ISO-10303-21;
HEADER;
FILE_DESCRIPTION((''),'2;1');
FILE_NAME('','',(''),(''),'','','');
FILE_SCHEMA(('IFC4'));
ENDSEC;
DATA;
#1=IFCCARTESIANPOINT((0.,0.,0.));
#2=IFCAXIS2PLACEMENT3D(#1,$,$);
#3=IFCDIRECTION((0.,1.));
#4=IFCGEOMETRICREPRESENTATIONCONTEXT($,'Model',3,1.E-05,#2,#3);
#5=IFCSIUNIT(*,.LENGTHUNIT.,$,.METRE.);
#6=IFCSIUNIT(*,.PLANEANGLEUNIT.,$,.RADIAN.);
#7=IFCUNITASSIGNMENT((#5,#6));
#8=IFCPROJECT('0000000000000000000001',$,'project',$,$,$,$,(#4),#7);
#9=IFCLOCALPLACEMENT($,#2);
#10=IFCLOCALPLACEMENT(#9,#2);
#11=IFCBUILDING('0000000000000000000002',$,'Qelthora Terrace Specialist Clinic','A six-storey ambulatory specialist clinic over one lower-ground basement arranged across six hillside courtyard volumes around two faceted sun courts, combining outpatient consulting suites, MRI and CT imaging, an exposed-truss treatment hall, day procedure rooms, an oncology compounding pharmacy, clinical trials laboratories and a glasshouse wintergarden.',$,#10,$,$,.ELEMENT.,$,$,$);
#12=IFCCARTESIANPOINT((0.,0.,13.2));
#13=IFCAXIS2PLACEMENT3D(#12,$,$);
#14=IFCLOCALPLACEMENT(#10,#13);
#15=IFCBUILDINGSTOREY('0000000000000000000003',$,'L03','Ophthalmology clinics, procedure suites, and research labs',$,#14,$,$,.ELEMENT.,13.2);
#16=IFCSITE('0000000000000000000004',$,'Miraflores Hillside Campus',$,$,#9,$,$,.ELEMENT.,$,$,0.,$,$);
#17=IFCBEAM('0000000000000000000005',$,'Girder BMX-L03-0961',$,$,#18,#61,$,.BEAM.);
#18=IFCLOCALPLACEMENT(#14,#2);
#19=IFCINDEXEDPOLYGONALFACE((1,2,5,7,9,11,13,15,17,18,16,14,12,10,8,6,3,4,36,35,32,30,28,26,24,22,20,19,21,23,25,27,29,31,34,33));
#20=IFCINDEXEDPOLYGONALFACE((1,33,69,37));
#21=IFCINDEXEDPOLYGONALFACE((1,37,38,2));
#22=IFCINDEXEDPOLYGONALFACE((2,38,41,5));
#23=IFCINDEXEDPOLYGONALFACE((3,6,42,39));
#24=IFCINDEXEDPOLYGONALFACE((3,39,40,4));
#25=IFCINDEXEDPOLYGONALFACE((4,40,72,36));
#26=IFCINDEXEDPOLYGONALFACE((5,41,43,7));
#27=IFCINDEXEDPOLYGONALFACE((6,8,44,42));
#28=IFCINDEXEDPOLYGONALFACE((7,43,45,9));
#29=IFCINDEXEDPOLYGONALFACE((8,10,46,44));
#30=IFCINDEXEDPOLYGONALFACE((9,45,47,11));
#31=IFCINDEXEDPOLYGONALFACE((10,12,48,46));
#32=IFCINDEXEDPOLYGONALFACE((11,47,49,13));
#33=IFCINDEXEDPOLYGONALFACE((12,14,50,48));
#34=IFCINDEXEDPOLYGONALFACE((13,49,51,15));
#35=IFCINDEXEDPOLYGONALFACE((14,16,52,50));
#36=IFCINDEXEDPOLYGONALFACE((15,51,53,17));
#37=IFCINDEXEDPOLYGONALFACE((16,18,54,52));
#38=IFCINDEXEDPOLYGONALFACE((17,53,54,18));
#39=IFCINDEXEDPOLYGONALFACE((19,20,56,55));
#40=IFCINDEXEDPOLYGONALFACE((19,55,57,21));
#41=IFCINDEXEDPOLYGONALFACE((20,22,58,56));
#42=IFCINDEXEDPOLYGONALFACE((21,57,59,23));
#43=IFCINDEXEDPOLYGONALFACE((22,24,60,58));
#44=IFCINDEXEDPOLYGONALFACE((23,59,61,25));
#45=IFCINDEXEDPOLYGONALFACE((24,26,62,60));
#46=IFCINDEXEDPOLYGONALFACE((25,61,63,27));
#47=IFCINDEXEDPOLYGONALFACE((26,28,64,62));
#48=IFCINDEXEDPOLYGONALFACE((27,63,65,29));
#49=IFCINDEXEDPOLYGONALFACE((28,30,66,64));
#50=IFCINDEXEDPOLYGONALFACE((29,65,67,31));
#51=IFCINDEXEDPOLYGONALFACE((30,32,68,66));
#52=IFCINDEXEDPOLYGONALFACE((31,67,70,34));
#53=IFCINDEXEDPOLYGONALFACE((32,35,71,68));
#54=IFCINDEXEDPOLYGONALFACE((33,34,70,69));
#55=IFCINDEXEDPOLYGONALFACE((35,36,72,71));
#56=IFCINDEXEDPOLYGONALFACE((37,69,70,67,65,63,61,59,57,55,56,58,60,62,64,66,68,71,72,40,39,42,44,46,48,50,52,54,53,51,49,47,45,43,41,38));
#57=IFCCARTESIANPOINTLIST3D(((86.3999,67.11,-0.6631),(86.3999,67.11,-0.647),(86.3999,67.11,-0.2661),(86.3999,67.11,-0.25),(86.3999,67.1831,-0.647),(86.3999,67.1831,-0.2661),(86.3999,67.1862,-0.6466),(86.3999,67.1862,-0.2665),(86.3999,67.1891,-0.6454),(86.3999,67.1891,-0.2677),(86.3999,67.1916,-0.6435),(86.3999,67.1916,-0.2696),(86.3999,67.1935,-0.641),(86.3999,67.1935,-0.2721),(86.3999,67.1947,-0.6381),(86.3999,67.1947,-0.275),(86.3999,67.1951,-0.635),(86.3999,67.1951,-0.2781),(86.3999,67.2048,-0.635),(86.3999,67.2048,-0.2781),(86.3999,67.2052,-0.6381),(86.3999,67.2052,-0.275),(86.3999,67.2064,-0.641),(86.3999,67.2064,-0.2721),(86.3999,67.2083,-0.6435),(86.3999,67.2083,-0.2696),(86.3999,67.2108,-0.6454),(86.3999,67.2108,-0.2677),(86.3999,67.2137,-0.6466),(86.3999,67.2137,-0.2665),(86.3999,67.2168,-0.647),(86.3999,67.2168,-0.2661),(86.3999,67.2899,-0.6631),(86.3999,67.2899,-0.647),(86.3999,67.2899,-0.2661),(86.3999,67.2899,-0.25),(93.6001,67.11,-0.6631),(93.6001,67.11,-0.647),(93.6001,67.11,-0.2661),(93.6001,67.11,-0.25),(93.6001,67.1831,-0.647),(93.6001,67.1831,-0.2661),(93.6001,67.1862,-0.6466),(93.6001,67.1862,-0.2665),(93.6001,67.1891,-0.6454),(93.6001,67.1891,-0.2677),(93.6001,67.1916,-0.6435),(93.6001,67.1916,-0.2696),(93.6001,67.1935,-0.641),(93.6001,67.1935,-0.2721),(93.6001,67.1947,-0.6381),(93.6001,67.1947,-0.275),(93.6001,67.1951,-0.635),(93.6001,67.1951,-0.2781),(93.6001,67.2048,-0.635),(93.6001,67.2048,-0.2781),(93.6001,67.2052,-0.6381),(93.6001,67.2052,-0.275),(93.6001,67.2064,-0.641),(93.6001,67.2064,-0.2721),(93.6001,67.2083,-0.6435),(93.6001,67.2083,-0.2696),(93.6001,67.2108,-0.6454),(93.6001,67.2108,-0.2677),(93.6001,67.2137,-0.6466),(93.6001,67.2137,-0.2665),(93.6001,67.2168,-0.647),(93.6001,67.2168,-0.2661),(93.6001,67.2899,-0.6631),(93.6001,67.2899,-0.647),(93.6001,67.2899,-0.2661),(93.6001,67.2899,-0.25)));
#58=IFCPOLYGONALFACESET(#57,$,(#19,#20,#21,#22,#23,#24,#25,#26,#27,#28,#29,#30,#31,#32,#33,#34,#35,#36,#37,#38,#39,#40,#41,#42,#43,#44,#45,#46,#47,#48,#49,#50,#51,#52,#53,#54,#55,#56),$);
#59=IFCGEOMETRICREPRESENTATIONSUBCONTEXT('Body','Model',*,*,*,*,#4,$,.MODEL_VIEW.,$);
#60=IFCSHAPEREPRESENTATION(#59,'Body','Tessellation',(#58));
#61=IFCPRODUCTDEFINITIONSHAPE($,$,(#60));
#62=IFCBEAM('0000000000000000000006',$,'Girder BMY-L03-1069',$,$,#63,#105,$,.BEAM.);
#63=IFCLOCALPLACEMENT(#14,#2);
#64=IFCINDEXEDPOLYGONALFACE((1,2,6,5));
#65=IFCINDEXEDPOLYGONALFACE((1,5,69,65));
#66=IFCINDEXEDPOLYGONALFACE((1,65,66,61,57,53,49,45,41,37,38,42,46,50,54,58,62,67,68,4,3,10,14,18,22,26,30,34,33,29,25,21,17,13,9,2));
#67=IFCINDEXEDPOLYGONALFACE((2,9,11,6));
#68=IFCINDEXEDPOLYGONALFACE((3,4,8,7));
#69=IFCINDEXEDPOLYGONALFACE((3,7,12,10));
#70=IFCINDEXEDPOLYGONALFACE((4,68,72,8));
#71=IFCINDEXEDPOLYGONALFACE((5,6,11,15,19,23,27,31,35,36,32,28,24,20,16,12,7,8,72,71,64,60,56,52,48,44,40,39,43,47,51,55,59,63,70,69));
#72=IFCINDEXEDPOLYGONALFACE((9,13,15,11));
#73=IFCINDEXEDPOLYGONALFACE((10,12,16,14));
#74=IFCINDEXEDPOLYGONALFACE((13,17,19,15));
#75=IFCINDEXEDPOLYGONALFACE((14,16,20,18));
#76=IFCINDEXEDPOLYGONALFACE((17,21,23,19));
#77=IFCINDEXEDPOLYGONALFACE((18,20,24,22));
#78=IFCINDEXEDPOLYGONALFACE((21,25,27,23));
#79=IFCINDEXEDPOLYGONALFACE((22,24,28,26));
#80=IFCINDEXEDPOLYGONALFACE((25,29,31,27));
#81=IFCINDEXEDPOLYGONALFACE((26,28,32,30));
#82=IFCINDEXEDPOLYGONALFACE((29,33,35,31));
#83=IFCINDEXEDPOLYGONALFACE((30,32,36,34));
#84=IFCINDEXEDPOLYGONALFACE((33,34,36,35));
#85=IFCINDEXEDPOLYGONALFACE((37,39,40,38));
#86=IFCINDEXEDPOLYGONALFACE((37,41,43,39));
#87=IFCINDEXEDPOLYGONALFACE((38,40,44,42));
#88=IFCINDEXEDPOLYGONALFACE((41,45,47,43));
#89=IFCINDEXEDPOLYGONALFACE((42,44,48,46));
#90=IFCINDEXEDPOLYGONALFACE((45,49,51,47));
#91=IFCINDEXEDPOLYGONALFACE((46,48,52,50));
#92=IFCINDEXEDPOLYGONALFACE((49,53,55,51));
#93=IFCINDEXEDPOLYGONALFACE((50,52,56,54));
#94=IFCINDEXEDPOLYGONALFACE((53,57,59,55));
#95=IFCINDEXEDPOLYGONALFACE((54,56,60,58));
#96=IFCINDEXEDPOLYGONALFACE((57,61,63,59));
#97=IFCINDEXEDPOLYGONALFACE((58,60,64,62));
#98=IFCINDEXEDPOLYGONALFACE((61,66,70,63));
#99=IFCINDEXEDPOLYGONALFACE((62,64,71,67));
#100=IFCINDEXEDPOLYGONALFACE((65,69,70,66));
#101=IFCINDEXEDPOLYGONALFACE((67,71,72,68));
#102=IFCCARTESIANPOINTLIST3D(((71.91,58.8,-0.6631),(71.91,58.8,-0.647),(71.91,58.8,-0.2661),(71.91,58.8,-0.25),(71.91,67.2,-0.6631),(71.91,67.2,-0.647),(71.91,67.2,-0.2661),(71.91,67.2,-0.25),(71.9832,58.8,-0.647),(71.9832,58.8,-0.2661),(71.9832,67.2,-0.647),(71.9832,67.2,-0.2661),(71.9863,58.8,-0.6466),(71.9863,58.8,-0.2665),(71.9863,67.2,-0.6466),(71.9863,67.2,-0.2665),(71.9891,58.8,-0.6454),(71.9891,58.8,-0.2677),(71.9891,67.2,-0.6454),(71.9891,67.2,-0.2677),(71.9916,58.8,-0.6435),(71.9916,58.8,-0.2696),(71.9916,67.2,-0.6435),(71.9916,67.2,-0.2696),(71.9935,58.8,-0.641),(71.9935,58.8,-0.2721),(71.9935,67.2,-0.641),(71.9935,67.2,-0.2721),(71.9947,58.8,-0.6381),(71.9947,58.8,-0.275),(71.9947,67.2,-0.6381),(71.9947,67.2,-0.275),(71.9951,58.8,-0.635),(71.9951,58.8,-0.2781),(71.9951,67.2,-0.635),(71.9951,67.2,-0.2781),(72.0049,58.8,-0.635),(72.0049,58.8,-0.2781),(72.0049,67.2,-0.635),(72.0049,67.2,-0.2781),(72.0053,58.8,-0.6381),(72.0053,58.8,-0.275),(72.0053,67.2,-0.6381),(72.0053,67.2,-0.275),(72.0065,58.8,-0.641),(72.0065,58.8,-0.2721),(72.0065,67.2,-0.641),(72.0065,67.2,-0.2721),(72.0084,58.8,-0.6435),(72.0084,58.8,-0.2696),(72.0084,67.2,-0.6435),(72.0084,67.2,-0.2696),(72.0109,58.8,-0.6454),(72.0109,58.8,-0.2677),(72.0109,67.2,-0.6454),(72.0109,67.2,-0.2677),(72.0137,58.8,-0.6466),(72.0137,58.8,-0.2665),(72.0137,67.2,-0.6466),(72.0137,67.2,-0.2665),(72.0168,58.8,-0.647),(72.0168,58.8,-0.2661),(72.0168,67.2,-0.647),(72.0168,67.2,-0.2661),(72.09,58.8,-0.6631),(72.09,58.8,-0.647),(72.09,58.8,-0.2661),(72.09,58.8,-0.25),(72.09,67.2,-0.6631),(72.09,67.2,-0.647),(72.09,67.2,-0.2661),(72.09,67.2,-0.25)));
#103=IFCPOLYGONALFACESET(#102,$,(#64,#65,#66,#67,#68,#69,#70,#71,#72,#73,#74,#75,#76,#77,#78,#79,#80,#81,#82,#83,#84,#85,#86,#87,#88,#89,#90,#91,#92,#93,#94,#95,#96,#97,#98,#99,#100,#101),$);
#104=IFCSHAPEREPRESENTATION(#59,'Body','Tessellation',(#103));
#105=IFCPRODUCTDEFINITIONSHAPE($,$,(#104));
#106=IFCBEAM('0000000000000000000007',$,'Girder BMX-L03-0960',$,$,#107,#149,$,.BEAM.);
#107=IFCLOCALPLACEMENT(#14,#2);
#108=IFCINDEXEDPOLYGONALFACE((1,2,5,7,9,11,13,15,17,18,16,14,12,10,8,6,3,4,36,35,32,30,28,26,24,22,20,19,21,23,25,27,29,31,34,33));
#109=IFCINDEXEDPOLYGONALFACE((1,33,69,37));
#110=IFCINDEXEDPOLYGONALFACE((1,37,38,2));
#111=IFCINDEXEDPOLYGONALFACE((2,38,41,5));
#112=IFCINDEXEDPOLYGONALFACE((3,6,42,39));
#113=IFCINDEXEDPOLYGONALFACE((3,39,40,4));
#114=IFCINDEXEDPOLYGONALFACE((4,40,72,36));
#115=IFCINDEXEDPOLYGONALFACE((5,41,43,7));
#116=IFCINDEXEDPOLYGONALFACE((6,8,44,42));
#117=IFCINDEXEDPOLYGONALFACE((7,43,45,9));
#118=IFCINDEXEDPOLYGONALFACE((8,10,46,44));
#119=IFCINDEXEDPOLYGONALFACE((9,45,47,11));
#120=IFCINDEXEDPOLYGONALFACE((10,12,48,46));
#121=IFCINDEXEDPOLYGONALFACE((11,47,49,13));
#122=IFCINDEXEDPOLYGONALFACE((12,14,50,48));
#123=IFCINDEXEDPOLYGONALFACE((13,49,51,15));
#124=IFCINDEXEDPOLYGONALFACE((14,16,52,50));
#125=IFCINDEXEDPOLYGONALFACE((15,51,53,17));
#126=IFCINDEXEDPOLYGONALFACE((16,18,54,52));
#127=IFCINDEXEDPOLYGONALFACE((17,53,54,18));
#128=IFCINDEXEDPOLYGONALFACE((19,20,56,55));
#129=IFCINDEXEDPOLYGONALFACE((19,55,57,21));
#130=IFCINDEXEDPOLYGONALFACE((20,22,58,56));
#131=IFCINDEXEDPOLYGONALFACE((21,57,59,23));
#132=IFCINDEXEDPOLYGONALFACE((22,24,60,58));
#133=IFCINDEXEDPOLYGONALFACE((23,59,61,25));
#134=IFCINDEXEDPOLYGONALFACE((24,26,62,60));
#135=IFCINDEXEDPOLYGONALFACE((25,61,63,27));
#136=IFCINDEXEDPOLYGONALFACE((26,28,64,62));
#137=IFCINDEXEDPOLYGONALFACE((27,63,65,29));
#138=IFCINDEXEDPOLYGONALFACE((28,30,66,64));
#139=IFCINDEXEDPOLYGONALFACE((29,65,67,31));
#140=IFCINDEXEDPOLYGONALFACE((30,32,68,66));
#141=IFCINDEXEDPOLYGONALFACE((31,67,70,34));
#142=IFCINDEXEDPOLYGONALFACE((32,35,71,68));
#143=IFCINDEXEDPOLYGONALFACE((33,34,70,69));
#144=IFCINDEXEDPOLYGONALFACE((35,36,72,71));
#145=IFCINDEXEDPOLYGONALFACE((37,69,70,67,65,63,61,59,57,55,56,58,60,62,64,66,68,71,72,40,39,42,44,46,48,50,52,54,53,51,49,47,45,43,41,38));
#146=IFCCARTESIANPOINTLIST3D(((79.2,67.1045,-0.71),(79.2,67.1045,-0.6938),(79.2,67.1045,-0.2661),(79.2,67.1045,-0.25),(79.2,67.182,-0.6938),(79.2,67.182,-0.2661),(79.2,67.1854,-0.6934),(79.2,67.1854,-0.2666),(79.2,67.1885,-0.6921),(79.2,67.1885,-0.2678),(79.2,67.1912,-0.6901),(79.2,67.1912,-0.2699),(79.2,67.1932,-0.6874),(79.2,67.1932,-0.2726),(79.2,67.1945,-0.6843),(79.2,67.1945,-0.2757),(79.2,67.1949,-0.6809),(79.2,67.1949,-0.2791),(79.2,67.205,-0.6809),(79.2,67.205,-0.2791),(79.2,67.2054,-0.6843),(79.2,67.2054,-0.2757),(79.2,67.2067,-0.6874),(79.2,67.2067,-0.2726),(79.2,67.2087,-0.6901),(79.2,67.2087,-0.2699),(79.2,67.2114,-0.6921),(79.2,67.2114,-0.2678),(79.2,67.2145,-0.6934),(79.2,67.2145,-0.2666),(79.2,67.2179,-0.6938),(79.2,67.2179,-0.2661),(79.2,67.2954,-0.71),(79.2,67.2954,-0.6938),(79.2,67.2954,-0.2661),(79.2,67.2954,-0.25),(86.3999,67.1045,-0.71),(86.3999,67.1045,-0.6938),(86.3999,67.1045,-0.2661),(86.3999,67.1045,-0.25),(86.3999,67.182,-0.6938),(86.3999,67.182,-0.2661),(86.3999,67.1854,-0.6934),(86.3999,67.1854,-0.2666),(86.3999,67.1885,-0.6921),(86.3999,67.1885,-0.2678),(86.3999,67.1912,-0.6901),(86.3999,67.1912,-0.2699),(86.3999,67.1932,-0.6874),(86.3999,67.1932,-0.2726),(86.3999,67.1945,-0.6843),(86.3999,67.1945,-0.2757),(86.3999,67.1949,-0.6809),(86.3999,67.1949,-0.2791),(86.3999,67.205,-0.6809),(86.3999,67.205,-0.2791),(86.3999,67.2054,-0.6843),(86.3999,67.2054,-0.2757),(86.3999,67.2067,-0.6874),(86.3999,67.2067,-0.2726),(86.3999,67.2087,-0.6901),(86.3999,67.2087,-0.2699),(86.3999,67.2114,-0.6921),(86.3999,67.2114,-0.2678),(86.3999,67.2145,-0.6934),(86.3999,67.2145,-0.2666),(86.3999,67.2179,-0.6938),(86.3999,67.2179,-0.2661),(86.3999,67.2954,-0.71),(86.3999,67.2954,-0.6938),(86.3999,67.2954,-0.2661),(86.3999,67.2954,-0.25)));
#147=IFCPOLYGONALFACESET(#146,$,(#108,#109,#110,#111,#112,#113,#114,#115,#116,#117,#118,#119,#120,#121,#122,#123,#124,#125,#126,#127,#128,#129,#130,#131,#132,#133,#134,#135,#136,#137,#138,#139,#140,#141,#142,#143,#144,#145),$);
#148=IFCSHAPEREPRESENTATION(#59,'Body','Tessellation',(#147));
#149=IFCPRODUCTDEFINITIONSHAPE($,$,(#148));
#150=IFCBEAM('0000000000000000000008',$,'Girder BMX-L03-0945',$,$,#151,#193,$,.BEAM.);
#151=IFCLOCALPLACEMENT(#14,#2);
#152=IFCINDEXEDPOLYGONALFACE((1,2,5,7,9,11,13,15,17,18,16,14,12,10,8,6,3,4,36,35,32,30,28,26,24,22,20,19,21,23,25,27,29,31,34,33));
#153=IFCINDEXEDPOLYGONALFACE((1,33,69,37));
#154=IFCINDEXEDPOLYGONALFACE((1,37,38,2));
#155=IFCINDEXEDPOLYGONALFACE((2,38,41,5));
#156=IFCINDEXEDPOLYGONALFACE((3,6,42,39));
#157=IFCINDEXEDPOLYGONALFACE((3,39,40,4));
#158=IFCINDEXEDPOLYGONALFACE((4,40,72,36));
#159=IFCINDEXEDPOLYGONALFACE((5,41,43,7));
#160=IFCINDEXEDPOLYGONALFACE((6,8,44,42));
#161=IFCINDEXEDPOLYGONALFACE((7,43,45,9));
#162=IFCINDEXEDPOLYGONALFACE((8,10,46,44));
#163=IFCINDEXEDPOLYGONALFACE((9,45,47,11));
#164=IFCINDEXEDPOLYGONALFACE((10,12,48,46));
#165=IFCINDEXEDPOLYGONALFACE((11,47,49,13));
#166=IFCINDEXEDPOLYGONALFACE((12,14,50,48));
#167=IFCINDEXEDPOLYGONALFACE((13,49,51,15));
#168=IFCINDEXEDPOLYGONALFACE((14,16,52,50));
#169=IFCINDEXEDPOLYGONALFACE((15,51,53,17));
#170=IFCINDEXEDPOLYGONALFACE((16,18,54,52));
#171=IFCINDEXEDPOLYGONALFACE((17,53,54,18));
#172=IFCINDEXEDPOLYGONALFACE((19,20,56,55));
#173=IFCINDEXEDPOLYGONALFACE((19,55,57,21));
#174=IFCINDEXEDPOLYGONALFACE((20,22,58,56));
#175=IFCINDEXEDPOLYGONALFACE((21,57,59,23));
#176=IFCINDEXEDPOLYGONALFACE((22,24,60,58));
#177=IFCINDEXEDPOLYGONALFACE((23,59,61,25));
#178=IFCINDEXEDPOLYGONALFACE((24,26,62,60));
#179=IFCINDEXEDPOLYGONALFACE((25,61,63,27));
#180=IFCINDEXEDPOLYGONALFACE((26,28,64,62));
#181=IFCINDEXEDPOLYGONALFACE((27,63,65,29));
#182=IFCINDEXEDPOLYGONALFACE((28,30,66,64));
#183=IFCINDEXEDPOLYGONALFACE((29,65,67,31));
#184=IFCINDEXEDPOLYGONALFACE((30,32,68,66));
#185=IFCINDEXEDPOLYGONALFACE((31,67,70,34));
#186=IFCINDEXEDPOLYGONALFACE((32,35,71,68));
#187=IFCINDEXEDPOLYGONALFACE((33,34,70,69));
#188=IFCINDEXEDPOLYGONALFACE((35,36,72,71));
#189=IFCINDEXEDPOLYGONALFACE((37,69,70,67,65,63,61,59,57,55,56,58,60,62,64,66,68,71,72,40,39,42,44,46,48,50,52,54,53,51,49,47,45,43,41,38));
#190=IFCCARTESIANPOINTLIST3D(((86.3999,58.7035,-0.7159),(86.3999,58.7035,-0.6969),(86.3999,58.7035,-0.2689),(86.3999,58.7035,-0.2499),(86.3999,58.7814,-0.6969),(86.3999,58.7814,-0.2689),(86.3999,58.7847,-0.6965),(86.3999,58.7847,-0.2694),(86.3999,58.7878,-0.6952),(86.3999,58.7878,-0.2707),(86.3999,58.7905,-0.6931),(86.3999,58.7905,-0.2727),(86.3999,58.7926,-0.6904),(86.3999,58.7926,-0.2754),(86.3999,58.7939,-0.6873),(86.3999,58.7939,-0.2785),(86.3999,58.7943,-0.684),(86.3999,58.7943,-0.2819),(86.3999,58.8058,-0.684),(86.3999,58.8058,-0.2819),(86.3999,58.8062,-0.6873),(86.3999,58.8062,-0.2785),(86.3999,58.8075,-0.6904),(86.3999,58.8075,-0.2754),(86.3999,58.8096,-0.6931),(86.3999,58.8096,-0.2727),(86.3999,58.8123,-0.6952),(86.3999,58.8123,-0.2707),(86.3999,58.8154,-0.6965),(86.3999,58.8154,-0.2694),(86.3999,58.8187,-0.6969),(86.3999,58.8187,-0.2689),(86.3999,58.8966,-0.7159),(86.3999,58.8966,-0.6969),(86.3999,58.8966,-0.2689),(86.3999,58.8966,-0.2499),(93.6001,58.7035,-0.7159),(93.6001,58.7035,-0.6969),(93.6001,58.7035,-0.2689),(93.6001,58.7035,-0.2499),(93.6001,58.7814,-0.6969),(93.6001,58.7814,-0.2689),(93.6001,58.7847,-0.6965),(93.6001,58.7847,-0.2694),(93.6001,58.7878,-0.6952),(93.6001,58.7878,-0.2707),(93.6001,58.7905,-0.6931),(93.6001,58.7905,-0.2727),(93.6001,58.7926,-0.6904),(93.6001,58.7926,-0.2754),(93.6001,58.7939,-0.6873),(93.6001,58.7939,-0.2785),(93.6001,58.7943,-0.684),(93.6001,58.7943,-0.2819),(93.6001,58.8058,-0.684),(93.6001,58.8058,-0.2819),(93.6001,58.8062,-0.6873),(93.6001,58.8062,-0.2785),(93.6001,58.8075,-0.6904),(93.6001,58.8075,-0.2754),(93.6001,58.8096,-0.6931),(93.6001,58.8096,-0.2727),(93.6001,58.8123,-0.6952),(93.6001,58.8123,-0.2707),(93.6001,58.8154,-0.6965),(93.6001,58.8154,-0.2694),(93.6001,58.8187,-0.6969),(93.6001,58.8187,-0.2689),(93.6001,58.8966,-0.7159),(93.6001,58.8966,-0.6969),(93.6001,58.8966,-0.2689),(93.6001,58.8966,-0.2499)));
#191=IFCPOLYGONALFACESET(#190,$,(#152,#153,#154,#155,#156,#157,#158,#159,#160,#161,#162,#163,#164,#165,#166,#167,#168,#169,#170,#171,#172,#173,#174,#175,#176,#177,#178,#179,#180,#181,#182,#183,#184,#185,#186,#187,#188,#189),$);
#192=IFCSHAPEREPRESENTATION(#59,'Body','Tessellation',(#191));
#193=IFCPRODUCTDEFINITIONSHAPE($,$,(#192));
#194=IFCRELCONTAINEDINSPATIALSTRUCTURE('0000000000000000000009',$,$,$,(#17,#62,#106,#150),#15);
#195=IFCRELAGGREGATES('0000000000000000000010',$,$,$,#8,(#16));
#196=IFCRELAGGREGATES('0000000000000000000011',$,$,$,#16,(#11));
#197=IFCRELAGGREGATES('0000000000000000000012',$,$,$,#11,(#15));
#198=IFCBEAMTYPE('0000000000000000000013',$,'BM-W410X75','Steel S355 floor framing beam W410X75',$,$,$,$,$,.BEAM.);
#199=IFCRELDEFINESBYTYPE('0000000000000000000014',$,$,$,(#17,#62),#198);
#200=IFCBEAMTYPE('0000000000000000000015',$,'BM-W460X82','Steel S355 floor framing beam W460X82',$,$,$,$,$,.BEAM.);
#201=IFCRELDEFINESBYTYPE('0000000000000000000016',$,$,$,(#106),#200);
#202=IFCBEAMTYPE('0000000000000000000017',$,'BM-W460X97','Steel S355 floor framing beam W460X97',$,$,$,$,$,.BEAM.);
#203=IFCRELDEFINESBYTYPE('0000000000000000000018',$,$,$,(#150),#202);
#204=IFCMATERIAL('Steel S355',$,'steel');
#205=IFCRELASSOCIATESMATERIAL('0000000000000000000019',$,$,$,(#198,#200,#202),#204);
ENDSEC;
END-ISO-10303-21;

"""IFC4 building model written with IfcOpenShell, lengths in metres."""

from ifc_helpers import new_model, si_unit, direction, frame, origin, origin_2d, place, context, subcontext, project, spatial, i_section, extrude, material, material_profile, profile_set, type_object, element, save


model = new_model("IFC4")

# Units and contexts
model_context = context("Model", 3, precision=1e-05, world=origin(), true_north=direction((0.0, 1.0)))
body_context = subcontext(model_context, "Body", "Model", "MODEL_VIEW")
ifc_project = project(units=[si_unit("LENGTHUNIT", "METRE"), si_unit("PLANEANGLEUNIT", "RADIAN")], contexts=[model_context])

# Site, building, storey
site_placement = place(None, origin())
site = spatial("IfcSite", under=ifc_project, at=site_placement, Name="Miraflores Hillside Campus", CompositionType="ELEMENT", RefElevation=0.0)
building_placement = place(site_placement, origin())
building = spatial("IfcBuilding", under=site, at=building_placement, Name="Qelthora Terrace Specialist Clinic", Description="A six-storey ambulatory specialist clinic over one lower-ground basement arranged across six hillside courtyard volumes around two faceted sun courts, combining outpatient consulting suites, MRI and CT imaging, an exposed-truss treatment hall, day procedure rooms, an oncology compounding pharmacy, clinical trials laboratories and a glasshouse wintergarden.", CompositionType="ELEMENT")
storey_placement = place(building_placement, frame((0.0, 0.0, 13.2)))
storey = spatial("IfcBuildingStorey", under=building, at=storey_placement, Name="L03", Description="Ophthalmology clinics, procedure suites, and research labs", CompositionType="ELEMENT", Elevation=13.2)

# Beams
ifc_material_1 = material(Name="Steel S355", Category="steel")
ifc_material_profile_1 = material_profile(ifc_material_1, i_section(OverallWidth=0.1799, OverallDepth=0.4131, WebThickness=0.0098, FlangeThickness=0.0161, FilletRadius=0.012, at=origin_2d()), Name="W410X75")
ifc_profile_set_1 = profile_set([ifc_material_profile_1], Name="Steel S355")
beam_type_1 = type_object("IfcBeamType", Name="BM-W410X75", Description="Steel S355 floor framing beam W410X75", PredefinedType="BEAM", material=ifc_profile_set_1)
beam_1_placement = place(storey_placement, frame((86.3999, 67.2, -0.4565), z_axis=(1.0, 0.0, 0.0), x_axis=(0.0, 1.0, 0.0)))
element("IfcBeam", 1, at=beam_1_placement, inside=storey, type_object=beam_type_1, Name="Girder BMX-L03-0961", PredefinedType="BEAM", context=body_context, shape_type="SweptSolid", body=[
    extrude(i_section(OverallWidth=0.1799, OverallDepth=0.4131, WebThickness=0.0098, FlangeThickness=0.0161, FilletRadius=0.012, at=origin_2d()), origin(), (0.0, 0.0, 1.0), 7.2002),
])
beam_2_placement = place(storey_placement, frame((72.0, 58.8, -0.4565), z_axis=(0.0, 1.0, 0.0), x_axis=(-1.0, 0.0, 0.0)))
element("IfcBeam", 2, at=beam_2_placement, inside=storey, type_object=beam_type_1, Name="Girder BMY-L03-1069", PredefinedType="BEAM", context=body_context, shape_type="SweptSolid", body=[
    extrude(i_section(OverallWidth=0.1799, OverallDepth=0.4131, WebThickness=0.0098, FlangeThickness=0.0161, FilletRadius=0.012, at=origin_2d()), origin(), (0.0, 0.0, 1.0), 8.3999),
])
ifc_material_profile_2 = material_profile(ifc_material_1, i_section(OverallWidth=0.1909, OverallDepth=0.46, WebThickness=0.01, FlangeThickness=0.0161, FilletRadius=0.0129, at=origin_2d()), Name="W460X82")
ifc_profile_set_2 = profile_set([ifc_material_profile_2], Name="Steel S355")
beam_type_2 = type_object("IfcBeamType", Name="BM-W460X82", Description="Steel S355 floor framing beam W460X82", PredefinedType="BEAM", material=ifc_profile_set_2)
beam_3_placement = place(storey_placement, frame((79.2, 67.2, -0.48), z_axis=(1.0, 0.0, 0.0), x_axis=(0.0, 1.0, 0.0)))
element("IfcBeam", 3, at=beam_3_placement, inside=storey, type_object=beam_type_2, Name="Girder BMX-L03-0960", PredefinedType="BEAM", context=body_context, shape_type="SweptSolid", body=[
    extrude(i_section(OverallWidth=0.1909, OverallDepth=0.46, WebThickness=0.01, FlangeThickness=0.0161, FilletRadius=0.0129, at=origin_2d()), origin(), (0.0, 0.0, 1.0), 7.2),
])
ifc_material_profile_3 = material_profile(ifc_material_1, i_section(OverallWidth=0.1931, OverallDepth=0.4661, WebThickness=0.0115, FlangeThickness=0.019, FilletRadius=0.0129, at=origin_2d()), Name="W460X97")
ifc_profile_set_3 = profile_set([ifc_material_profile_3], Name="Steel S355")
beam_type_3 = type_object("IfcBeamType", Name="BM-W460X97", Description="Steel S355 floor framing beam W460X97", PredefinedType="BEAM", material=ifc_profile_set_3)
beam_4_placement = place(storey_placement, frame((86.3999, 58.8, -0.4829), z_axis=(1.0, 0.0, 0.0), x_axis=(0.0, 1.0, 0.0)))
element("IfcBeam", 4, at=beam_4_placement, inside=storey, type_object=beam_type_3, Name="Girder BMX-L03-0945", PredefinedType="BEAM", context=body_context, shape_type="SweptSolid", body=[
    extrude(i_section(OverallWidth=0.1931, OverallDepth=0.4661, WebThickness=0.0115, FlangeThickness=0.019, FilletRadius=0.0129, at=origin_2d()), origin(), (0.0, 0.0, 1.0), 7.2002),
])

save(model, "model.ifc")
